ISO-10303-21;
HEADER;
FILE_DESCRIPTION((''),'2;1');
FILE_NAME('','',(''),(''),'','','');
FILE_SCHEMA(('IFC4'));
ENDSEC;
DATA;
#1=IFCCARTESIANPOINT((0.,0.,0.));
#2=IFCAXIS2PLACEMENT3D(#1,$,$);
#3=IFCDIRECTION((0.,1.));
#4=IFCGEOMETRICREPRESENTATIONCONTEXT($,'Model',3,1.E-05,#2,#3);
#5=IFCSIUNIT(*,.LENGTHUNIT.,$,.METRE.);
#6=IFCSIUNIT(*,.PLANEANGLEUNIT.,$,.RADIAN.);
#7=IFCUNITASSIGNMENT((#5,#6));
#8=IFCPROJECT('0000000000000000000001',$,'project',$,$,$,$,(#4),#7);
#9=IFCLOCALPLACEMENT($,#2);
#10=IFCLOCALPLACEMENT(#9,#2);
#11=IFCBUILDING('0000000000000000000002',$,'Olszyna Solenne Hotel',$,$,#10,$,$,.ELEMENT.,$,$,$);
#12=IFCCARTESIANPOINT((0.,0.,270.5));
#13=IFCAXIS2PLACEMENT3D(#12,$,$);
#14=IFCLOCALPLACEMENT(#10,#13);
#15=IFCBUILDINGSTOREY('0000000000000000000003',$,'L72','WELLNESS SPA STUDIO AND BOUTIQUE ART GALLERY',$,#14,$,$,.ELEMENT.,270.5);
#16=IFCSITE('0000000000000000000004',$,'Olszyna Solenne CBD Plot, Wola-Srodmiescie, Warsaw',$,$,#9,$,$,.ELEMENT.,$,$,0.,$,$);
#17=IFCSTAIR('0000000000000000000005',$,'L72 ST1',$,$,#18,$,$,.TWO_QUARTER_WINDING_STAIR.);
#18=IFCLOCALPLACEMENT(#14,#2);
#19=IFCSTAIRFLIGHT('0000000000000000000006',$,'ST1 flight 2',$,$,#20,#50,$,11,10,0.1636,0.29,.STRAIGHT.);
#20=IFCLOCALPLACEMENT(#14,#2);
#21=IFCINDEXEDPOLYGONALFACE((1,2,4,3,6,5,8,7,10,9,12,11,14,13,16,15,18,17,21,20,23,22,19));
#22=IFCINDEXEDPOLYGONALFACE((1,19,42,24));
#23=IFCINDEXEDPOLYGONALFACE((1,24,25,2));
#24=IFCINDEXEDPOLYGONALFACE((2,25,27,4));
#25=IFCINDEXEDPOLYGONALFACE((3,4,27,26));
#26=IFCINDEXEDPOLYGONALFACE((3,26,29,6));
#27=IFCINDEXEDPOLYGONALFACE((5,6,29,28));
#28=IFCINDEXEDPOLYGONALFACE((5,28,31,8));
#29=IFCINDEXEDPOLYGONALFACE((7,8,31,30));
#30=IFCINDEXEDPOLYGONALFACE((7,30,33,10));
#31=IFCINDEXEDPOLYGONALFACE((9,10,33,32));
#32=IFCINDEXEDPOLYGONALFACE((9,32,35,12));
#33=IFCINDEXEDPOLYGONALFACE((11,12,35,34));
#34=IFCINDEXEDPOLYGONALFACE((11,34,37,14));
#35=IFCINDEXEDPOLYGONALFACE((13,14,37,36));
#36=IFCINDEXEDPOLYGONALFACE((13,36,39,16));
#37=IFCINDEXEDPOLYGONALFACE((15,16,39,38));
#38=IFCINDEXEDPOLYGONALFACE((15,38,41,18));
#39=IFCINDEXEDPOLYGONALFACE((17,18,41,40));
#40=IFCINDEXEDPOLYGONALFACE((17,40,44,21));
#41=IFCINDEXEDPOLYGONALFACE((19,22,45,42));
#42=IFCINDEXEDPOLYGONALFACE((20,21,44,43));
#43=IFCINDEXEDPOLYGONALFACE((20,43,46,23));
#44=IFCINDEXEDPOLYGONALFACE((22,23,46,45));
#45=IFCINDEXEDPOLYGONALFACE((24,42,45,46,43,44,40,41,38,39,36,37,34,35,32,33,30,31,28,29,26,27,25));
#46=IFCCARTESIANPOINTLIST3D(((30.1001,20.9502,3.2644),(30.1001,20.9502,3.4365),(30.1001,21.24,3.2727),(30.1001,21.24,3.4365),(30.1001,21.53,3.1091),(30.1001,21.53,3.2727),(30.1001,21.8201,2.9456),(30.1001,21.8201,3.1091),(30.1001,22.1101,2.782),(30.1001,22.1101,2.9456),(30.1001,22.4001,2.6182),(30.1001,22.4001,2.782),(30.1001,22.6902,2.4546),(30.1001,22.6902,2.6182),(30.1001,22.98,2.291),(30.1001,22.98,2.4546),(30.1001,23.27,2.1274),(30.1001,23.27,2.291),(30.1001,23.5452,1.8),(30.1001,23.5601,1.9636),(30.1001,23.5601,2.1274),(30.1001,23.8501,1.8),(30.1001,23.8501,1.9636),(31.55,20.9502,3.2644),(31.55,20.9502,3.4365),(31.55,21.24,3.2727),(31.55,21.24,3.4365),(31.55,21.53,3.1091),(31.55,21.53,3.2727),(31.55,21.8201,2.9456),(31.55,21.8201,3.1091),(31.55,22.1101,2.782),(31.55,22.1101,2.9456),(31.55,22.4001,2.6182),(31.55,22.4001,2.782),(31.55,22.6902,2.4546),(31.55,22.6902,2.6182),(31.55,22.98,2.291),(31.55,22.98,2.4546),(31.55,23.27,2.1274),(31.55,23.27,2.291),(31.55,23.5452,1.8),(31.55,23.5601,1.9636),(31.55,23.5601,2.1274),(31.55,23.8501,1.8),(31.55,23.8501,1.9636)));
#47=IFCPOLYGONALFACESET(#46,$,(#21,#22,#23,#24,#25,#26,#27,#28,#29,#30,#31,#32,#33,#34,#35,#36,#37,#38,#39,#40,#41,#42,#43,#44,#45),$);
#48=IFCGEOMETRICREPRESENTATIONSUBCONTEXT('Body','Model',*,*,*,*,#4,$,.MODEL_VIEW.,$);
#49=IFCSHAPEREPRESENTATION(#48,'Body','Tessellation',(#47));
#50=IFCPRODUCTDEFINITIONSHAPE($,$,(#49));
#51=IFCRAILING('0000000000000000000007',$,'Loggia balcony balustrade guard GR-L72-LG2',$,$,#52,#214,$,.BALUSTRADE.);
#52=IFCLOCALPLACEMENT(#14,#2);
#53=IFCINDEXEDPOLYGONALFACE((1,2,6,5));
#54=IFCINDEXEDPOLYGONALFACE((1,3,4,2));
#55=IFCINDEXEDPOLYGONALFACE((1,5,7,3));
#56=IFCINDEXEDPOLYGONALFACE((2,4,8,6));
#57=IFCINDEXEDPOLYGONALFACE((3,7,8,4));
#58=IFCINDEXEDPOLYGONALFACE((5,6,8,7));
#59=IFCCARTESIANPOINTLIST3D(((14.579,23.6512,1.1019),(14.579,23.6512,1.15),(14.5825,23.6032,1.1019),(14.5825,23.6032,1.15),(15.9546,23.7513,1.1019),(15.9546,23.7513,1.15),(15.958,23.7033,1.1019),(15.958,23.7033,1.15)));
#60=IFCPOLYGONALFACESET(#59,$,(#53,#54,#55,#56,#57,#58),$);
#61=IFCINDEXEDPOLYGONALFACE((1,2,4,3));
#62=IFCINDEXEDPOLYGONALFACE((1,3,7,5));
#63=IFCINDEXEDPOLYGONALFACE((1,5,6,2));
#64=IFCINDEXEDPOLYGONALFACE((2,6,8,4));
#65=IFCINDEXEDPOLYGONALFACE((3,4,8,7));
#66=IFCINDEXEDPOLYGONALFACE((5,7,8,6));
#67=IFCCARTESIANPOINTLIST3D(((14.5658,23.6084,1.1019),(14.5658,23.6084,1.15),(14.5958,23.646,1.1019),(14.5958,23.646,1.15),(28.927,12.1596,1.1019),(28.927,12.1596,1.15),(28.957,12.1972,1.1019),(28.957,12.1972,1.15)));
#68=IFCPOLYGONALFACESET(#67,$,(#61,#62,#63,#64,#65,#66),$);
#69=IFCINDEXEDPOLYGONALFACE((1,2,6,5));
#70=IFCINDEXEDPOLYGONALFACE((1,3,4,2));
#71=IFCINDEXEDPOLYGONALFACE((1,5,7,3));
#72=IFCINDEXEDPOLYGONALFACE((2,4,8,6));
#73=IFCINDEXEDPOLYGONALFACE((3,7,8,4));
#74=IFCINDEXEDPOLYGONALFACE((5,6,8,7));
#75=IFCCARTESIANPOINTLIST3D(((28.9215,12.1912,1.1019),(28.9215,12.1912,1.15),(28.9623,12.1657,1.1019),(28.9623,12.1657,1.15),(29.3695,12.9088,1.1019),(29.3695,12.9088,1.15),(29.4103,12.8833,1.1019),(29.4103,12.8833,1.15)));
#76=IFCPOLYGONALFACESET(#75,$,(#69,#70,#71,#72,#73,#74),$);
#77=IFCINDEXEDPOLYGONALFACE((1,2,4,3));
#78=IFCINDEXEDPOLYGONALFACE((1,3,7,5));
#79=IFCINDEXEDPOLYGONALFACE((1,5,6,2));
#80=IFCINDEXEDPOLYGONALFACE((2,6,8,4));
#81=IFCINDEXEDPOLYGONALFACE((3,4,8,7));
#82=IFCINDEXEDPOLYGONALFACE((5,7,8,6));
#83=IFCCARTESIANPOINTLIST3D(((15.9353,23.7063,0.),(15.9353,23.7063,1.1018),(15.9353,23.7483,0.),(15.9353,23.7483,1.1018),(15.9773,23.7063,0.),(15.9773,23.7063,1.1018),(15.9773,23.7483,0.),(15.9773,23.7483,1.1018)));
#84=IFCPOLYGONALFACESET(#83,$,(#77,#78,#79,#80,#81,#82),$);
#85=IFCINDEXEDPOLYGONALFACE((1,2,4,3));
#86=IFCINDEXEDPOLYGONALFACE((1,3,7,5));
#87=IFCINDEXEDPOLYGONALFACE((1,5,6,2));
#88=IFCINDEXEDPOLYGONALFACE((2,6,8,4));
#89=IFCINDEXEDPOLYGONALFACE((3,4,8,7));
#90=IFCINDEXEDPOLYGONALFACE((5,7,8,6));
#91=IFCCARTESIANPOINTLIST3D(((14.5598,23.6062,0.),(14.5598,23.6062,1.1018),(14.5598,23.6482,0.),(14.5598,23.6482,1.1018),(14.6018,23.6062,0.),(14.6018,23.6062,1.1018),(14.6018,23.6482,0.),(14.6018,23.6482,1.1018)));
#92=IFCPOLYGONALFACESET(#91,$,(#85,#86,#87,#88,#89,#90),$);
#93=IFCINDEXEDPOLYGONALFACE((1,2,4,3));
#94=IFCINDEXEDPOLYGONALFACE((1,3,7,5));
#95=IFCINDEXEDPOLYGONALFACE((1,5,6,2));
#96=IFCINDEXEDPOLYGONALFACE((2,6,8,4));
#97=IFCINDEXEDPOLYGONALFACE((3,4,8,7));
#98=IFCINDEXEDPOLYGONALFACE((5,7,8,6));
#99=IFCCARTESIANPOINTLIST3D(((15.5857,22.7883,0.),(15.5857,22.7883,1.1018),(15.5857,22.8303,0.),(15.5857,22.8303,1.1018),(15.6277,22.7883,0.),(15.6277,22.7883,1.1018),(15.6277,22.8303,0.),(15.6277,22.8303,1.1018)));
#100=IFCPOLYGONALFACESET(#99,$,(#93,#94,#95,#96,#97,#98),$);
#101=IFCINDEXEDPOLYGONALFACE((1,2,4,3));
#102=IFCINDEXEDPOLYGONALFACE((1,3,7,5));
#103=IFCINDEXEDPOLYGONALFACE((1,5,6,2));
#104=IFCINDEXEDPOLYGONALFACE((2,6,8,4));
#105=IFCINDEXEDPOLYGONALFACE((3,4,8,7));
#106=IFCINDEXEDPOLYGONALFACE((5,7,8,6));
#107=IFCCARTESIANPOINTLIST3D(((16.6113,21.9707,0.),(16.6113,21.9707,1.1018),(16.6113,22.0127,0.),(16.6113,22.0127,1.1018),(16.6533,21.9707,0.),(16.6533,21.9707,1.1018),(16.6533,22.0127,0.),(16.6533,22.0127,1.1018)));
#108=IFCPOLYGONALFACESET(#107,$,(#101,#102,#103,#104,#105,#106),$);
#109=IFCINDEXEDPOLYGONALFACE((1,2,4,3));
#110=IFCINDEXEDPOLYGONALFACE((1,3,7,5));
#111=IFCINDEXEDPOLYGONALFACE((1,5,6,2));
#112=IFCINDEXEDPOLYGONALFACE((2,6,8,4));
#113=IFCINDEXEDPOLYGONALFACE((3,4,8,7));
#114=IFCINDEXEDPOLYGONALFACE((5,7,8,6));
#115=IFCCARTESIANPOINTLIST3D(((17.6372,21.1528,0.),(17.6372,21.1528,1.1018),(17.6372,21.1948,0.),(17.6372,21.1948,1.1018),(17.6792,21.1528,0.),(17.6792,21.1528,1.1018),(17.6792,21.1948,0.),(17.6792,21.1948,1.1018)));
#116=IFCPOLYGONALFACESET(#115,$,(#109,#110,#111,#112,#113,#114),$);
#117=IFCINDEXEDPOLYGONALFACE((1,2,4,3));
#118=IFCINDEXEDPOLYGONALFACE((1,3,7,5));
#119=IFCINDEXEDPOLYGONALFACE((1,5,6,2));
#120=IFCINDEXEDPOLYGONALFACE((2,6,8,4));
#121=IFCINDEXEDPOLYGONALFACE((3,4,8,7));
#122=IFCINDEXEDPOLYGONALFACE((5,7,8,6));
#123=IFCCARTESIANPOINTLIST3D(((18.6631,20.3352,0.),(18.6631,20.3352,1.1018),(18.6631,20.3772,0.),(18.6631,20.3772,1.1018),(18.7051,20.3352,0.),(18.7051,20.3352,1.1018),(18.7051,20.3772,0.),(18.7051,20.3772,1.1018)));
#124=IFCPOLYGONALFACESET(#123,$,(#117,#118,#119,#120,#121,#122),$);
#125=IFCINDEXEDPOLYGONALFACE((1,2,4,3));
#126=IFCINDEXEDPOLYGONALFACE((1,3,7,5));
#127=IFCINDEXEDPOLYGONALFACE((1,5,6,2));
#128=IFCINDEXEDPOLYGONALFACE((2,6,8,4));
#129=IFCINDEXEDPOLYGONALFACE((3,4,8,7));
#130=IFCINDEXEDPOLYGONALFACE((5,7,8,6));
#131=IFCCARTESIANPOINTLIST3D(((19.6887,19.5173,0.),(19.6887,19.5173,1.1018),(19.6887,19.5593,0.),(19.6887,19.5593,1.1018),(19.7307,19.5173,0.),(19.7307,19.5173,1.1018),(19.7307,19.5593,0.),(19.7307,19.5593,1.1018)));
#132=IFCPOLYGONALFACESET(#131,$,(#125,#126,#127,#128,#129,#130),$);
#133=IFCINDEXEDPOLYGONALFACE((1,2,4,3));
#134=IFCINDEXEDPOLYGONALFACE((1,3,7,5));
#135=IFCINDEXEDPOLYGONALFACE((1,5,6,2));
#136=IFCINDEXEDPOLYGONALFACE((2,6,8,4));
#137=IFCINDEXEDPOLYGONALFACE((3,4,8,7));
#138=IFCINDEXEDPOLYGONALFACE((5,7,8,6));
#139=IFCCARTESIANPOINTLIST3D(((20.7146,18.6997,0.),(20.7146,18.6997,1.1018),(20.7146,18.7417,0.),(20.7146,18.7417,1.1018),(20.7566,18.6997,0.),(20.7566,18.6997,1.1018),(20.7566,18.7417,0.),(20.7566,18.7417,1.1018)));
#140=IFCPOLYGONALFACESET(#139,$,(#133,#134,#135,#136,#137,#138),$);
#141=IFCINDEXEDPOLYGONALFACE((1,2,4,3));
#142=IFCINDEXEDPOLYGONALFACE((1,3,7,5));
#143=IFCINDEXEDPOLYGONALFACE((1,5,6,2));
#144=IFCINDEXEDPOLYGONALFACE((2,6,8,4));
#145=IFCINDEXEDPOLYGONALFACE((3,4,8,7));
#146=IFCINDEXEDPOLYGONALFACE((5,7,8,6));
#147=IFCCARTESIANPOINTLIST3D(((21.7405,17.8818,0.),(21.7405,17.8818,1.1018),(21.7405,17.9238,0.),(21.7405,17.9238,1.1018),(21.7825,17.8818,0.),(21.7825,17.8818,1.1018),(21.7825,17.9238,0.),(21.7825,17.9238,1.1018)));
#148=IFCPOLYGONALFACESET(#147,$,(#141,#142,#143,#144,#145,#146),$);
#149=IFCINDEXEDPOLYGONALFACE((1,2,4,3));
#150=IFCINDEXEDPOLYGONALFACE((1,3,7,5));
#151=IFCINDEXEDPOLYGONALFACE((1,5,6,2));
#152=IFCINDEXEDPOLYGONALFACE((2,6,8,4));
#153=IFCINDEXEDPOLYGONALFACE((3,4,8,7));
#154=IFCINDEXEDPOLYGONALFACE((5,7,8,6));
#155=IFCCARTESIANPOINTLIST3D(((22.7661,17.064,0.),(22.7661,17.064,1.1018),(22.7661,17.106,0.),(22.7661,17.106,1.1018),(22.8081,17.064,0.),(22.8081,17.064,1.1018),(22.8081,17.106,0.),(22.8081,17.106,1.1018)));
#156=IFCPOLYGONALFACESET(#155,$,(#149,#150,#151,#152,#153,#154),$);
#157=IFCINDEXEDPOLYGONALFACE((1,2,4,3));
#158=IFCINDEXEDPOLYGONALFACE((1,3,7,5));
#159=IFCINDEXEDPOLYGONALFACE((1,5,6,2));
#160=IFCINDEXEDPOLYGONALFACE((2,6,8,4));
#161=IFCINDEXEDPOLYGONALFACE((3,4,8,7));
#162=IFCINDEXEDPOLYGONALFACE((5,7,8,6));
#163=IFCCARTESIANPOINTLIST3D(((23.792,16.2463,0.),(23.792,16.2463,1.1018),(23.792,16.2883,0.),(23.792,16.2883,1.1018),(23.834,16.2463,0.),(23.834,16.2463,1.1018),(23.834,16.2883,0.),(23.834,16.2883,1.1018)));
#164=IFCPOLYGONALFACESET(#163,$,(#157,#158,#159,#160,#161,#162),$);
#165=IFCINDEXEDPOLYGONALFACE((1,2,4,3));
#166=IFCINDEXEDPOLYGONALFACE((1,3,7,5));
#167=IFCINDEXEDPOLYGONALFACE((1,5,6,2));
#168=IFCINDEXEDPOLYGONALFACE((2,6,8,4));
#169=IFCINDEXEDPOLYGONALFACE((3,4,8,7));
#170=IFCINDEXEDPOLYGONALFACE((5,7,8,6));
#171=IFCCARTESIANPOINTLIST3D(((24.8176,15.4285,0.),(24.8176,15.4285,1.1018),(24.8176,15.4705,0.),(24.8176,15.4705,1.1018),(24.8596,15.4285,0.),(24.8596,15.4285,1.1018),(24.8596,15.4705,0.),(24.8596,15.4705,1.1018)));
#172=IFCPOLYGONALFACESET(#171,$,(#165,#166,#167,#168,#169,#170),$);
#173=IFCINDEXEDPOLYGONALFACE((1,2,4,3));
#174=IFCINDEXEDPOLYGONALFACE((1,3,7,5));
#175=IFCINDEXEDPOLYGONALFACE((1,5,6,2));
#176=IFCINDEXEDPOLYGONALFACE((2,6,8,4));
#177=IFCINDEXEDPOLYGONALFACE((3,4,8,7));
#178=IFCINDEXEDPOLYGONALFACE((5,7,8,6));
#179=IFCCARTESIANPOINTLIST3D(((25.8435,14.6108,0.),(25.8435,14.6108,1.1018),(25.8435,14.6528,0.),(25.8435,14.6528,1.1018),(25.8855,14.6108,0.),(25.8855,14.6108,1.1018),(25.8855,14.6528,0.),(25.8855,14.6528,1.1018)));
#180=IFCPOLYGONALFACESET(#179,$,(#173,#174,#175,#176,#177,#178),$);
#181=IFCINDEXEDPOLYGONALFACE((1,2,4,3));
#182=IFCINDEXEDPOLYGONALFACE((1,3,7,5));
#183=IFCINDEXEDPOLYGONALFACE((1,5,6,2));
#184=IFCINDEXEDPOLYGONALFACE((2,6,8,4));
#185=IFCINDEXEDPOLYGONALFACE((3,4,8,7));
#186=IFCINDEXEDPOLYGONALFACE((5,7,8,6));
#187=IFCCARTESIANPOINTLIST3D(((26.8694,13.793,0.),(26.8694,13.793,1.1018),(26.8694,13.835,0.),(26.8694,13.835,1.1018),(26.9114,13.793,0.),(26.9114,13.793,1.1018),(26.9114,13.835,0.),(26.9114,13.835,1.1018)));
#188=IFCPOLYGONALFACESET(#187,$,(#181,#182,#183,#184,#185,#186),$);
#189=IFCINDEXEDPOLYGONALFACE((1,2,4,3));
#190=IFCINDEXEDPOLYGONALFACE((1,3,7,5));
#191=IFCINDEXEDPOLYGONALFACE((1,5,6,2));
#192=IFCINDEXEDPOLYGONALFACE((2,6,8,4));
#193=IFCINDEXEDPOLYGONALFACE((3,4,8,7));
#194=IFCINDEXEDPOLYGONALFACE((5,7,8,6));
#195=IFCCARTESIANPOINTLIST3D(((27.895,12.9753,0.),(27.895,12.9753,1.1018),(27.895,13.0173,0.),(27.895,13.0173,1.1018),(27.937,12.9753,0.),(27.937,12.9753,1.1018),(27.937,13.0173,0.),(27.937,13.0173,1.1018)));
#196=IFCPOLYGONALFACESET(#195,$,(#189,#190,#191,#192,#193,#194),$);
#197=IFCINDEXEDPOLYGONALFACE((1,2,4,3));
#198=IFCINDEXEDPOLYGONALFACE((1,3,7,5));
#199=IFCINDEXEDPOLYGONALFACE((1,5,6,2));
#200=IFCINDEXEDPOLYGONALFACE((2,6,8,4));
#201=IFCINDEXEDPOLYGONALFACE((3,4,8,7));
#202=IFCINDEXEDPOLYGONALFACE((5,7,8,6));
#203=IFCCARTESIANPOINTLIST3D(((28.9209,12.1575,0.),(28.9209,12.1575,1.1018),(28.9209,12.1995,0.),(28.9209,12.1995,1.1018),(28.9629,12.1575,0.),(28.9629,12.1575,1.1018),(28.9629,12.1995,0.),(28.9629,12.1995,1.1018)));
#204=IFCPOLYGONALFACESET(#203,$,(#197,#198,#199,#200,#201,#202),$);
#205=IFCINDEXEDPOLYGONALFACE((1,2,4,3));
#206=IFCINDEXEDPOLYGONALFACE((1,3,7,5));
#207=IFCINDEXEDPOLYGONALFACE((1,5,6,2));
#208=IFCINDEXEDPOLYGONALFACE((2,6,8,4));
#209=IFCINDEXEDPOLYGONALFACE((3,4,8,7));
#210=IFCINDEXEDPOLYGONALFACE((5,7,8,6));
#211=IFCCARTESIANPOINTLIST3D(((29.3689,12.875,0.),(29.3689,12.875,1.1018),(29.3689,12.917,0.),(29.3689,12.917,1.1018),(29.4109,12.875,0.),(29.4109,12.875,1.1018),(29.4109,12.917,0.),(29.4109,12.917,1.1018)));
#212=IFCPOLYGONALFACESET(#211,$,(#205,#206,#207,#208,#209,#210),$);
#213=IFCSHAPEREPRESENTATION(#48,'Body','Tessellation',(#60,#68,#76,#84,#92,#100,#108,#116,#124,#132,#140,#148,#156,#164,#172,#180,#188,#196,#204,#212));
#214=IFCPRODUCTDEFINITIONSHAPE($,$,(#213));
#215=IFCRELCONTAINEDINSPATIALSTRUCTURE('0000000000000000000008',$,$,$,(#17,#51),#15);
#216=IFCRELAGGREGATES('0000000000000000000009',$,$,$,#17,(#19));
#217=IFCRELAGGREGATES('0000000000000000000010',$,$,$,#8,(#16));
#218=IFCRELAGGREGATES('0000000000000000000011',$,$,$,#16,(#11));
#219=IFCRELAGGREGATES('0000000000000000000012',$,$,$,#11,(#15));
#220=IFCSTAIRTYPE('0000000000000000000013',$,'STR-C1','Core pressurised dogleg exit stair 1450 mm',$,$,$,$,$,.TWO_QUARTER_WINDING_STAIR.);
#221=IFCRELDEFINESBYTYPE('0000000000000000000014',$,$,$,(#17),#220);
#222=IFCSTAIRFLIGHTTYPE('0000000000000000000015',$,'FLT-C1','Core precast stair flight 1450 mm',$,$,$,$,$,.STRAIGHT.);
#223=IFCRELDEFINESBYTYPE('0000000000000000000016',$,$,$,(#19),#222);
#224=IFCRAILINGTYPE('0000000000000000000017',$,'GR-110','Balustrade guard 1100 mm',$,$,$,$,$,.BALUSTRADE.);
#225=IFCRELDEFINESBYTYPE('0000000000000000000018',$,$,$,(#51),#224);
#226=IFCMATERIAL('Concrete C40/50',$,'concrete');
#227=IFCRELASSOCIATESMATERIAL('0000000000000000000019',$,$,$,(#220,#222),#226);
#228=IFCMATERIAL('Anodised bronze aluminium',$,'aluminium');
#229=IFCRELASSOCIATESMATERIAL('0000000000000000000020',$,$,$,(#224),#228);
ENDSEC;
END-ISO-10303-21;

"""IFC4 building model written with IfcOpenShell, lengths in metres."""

from ifc_helpers import new_model, si_unit, direction, frame, origin, origin_2d, place, context, subcontext, project, spatial, polyline, rectangle, outline, extrude, material, type_object, element, aggregate, save


model = new_model("IFC4")

# Units and contexts
model_context = context("Model", 3, precision=1e-05, world=origin(), true_north=direction((0.0, 1.0)))
body_context = subcontext(model_context, "Body", "Model", "MODEL_VIEW")
ifc_project = project(units=[si_unit("LENGTHUNIT", "METRE"), si_unit("PLANEANGLEUNIT", "RADIAN")], contexts=[model_context])

# Site, building, storey
site_placement = place(None, origin())
site = spatial("IfcSite", under=ifc_project, at=site_placement, Name="Olszyna Solenne CBD Plot, Wola-Srodmiescie, Warsaw", CompositionType="ELEMENT", RefElevation=0.0)
building_placement = place(site_placement, origin())
building = spatial("IfcBuilding", under=site, at=building_placement, Name="Olszyna Solenne Hotel", CompositionType="ELEMENT")
storey_placement = place(building_placement, frame((0.0, 0.0, 270.5)))
storey = spatial("IfcBuildingStorey", under=building, at=storey_placement, Name="L72", Description="WELLNESS SPA STUDIO AND BOUTIQUE ART GALLERY", CompositionType="ELEMENT", Elevation=270.5)

# Stair, stair flight
ifc_material_1 = material(Name="Concrete C40/50", Category="concrete")
stair_type = type_object("IfcStairType", Name="STR-C1", Description="Core pressurised dogleg exit stair 1450 mm", PredefinedType="TWO_QUARTER_WINDING_STAIR", material=ifc_material_1)
stair_placement = place(storey_placement, origin())
stair = element("IfcStair", 1, at=stair_placement, inside=storey, type_object=stair_type, Name="L72 ST1", PredefinedType="TWO_QUARTER_WINDING_STAIR")
stair_flight_type = type_object("IfcStairFlightType", Name="FLT-C1", Description="Core precast stair flight 1450 mm", PredefinedType="STRAIGHT", material=ifc_material_1)
stair_flight_placement = place(storey_placement, frame((30.825, 23.8501, 1.8), z_axis=(0.0, 0.0, 1.0), x_axis=(0.0, -1.0, 0.0)))
stair_flight = element("IfcStairFlight", 2, at=stair_flight_placement, type_object=stair_flight_type, Name="ST1 flight 2", NumberOfRisers=11, NumberOfTreads=10, PredefinedType="STRAIGHT", RiserHeight=0.1636, TreadLength=0.29, context=body_context, shape_type="SweptSolid", body=[
    extrude(outline(polyline([(0.0, 0.0), (0.0, 0.1636), (0.29, 0.1636), (0.29, 0.3274), (0.5801, 0.3274), (0.5801, 0.491), (0.8701, 0.491), (0.8701, 0.6545), (1.1599, 0.6545), (1.1599, 0.8181), (1.45, 0.8181), (1.45, 0.9819), (1.74, 0.9819), (1.74, 1.1455), (2.03, 1.1455), (2.03, 1.3091), (2.3201, 1.3091), (2.3201, 1.4727), (2.6101, 1.4727), (2.6101, 1.6365), (2.8999, 1.6365), (2.8999, 1.8), (2.8999, 1.4644), (0.3049, 0.0), (0.0, 0.0)])), frame((0.0, 0.7251, 0.0), z_axis=(0.0, -1.0, 0.0), x_axis=(1.0, 0.0, 0.0)), (0.0, 0.0, 1.0), 1.45),
])
aggregate(stair, [stair_flight])

# Railing
ifc_material_2 = material(Name="Anodised bronze aluminium", Category="aluminium")
railing_type_1 = type_object("IfcRailingType", Name="GR-110", Description="Balustrade guard 1100 mm", PredefinedType="BALUSTRADE", material=ifc_material_2)
railing_1_placement = place(storey_placement, frame((15.9563, 23.7273, 0.0)))
element("IfcRailing", 3, at=railing_1_placement, inside=storey, type_object=railing_type_1, Name="Loggia balcony balustrade guard GR-L72-LG2", PredefinedType="BALUSTRADE", context=body_context, shape_type="SweptSolid", body=[
    extrude(rectangle(XDim=0.0481, YDim=0.0481, at=origin_2d()), frame((0.0, 0.0, 1.126), z_axis=(-0.997363, -0.072581, 0.0), x_axis=(0.072581, -0.997363, 0.0)), (0.0, 0.0, 1.0), 1.3792),
    extrude(rectangle(XDim=0.0481, YDim=0.0481, at=origin_2d()), frame((-1.3755, -0.1001, 1.126), z_axis=(0.781934, -0.623362, 0.0), x_axis=(0.623362, 0.781934, 0.0)), (0.0, 0.0, 1.0), 18.3662),
    extrude(rectangle(XDim=0.0481, YDim=0.0481, at=origin_2d()), frame((12.9856, -11.5488, 1.126), z_axis=(0.52961, 0.848241, 0.0), x_axis=(-0.848241, 0.52961, 0.0)), (0.0, 0.0, 1.0), 0.8459),
    extrude(rectangle(XDim=0.042, YDim=0.042, at=origin_2d()), origin(), (0.0, 0.0, 1.0), 1.1018),
    extrude(rectangle(XDim=0.042, YDim=0.042, at=origin_2d()), frame((-1.3755, -0.1001, 0.0)), (0.0, 0.0, 1.0), 1.1018),
    extrude(rectangle(XDim=0.042, YDim=0.042, at=origin_2d()), frame((-0.3496, -0.918, 0.0)), (0.0, 0.0, 1.0), 1.1018),
    extrude(rectangle(XDim=0.042, YDim=0.042, at=origin_2d()), frame((0.676, -1.7356, 0.0)), (0.0, 0.0, 1.0), 1.1018),
    extrude(rectangle(XDim=0.042, YDim=0.042, at=origin_2d()), frame((1.7019, -2.5535, 0.0)), (0.0, 0.0, 1.0), 1.1018),
    extrude(rectangle(XDim=0.042, YDim=0.042, at=origin_2d()), frame((2.7278, -3.3711, 0.0)), (0.0, 0.0, 1.0), 1.1018),
    extrude(rectangle(XDim=0.042, YDim=0.042, at=origin_2d()), frame((3.7534, -4.189, 0.0)), (0.0, 0.0, 1.0), 1.1018),
    extrude(rectangle(XDim=0.042, YDim=0.042, at=origin_2d()), frame((4.7793, -5.0066, 0.0)), (0.0, 0.0, 1.0), 1.1018),
    extrude(rectangle(XDim=0.042, YDim=0.042, at=origin_2d()), frame((5.8052, -5.8245, 0.0)), (0.0, 0.0, 1.0), 1.1018),
    extrude(rectangle(XDim=0.042, YDim=0.042, at=origin_2d()), frame((6.8308, -6.6423, 0.0)), (0.0, 0.0, 1.0), 1.1018),
    extrude(rectangle(XDim=0.042, YDim=0.042, at=origin_2d()), frame((7.8567, -7.46, 0.0)), (0.0, 0.0, 1.0), 1.1018),
    extrude(rectangle(XDim=0.042, YDim=0.042, at=origin_2d()), frame((8.8823, -8.2778, 0.0)), (0.0, 0.0, 1.0), 1.1018),
    extrude(rectangle(XDim=0.042, YDim=0.042, at=origin_2d()), frame((9.9082, -9.0955, 0.0)), (0.0, 0.0, 1.0), 1.1018),
    extrude(rectangle(XDim=0.042, YDim=0.042, at=origin_2d()), frame((10.9341, -9.9133, 0.0)), (0.0, 0.0, 1.0), 1.1018),
    extrude(rectangle(XDim=0.042, YDim=0.042, at=origin_2d()), frame((11.9597, -10.731, 0.0)), (0.0, 0.0, 1.0), 1.1018),
    extrude(rectangle(XDim=0.042, YDim=0.042, at=origin_2d()), frame((12.9856, -11.5488, 0.0)), (0.0, 0.0, 1.0), 1.1018),
    extrude(rectangle(XDim=0.042, YDim=0.042, at=origin_2d()), frame((13.4336, -10.8313, 0.0)), (0.0, 0.0, 1.0), 1.1018),
])

save(model, "model.ifc")
